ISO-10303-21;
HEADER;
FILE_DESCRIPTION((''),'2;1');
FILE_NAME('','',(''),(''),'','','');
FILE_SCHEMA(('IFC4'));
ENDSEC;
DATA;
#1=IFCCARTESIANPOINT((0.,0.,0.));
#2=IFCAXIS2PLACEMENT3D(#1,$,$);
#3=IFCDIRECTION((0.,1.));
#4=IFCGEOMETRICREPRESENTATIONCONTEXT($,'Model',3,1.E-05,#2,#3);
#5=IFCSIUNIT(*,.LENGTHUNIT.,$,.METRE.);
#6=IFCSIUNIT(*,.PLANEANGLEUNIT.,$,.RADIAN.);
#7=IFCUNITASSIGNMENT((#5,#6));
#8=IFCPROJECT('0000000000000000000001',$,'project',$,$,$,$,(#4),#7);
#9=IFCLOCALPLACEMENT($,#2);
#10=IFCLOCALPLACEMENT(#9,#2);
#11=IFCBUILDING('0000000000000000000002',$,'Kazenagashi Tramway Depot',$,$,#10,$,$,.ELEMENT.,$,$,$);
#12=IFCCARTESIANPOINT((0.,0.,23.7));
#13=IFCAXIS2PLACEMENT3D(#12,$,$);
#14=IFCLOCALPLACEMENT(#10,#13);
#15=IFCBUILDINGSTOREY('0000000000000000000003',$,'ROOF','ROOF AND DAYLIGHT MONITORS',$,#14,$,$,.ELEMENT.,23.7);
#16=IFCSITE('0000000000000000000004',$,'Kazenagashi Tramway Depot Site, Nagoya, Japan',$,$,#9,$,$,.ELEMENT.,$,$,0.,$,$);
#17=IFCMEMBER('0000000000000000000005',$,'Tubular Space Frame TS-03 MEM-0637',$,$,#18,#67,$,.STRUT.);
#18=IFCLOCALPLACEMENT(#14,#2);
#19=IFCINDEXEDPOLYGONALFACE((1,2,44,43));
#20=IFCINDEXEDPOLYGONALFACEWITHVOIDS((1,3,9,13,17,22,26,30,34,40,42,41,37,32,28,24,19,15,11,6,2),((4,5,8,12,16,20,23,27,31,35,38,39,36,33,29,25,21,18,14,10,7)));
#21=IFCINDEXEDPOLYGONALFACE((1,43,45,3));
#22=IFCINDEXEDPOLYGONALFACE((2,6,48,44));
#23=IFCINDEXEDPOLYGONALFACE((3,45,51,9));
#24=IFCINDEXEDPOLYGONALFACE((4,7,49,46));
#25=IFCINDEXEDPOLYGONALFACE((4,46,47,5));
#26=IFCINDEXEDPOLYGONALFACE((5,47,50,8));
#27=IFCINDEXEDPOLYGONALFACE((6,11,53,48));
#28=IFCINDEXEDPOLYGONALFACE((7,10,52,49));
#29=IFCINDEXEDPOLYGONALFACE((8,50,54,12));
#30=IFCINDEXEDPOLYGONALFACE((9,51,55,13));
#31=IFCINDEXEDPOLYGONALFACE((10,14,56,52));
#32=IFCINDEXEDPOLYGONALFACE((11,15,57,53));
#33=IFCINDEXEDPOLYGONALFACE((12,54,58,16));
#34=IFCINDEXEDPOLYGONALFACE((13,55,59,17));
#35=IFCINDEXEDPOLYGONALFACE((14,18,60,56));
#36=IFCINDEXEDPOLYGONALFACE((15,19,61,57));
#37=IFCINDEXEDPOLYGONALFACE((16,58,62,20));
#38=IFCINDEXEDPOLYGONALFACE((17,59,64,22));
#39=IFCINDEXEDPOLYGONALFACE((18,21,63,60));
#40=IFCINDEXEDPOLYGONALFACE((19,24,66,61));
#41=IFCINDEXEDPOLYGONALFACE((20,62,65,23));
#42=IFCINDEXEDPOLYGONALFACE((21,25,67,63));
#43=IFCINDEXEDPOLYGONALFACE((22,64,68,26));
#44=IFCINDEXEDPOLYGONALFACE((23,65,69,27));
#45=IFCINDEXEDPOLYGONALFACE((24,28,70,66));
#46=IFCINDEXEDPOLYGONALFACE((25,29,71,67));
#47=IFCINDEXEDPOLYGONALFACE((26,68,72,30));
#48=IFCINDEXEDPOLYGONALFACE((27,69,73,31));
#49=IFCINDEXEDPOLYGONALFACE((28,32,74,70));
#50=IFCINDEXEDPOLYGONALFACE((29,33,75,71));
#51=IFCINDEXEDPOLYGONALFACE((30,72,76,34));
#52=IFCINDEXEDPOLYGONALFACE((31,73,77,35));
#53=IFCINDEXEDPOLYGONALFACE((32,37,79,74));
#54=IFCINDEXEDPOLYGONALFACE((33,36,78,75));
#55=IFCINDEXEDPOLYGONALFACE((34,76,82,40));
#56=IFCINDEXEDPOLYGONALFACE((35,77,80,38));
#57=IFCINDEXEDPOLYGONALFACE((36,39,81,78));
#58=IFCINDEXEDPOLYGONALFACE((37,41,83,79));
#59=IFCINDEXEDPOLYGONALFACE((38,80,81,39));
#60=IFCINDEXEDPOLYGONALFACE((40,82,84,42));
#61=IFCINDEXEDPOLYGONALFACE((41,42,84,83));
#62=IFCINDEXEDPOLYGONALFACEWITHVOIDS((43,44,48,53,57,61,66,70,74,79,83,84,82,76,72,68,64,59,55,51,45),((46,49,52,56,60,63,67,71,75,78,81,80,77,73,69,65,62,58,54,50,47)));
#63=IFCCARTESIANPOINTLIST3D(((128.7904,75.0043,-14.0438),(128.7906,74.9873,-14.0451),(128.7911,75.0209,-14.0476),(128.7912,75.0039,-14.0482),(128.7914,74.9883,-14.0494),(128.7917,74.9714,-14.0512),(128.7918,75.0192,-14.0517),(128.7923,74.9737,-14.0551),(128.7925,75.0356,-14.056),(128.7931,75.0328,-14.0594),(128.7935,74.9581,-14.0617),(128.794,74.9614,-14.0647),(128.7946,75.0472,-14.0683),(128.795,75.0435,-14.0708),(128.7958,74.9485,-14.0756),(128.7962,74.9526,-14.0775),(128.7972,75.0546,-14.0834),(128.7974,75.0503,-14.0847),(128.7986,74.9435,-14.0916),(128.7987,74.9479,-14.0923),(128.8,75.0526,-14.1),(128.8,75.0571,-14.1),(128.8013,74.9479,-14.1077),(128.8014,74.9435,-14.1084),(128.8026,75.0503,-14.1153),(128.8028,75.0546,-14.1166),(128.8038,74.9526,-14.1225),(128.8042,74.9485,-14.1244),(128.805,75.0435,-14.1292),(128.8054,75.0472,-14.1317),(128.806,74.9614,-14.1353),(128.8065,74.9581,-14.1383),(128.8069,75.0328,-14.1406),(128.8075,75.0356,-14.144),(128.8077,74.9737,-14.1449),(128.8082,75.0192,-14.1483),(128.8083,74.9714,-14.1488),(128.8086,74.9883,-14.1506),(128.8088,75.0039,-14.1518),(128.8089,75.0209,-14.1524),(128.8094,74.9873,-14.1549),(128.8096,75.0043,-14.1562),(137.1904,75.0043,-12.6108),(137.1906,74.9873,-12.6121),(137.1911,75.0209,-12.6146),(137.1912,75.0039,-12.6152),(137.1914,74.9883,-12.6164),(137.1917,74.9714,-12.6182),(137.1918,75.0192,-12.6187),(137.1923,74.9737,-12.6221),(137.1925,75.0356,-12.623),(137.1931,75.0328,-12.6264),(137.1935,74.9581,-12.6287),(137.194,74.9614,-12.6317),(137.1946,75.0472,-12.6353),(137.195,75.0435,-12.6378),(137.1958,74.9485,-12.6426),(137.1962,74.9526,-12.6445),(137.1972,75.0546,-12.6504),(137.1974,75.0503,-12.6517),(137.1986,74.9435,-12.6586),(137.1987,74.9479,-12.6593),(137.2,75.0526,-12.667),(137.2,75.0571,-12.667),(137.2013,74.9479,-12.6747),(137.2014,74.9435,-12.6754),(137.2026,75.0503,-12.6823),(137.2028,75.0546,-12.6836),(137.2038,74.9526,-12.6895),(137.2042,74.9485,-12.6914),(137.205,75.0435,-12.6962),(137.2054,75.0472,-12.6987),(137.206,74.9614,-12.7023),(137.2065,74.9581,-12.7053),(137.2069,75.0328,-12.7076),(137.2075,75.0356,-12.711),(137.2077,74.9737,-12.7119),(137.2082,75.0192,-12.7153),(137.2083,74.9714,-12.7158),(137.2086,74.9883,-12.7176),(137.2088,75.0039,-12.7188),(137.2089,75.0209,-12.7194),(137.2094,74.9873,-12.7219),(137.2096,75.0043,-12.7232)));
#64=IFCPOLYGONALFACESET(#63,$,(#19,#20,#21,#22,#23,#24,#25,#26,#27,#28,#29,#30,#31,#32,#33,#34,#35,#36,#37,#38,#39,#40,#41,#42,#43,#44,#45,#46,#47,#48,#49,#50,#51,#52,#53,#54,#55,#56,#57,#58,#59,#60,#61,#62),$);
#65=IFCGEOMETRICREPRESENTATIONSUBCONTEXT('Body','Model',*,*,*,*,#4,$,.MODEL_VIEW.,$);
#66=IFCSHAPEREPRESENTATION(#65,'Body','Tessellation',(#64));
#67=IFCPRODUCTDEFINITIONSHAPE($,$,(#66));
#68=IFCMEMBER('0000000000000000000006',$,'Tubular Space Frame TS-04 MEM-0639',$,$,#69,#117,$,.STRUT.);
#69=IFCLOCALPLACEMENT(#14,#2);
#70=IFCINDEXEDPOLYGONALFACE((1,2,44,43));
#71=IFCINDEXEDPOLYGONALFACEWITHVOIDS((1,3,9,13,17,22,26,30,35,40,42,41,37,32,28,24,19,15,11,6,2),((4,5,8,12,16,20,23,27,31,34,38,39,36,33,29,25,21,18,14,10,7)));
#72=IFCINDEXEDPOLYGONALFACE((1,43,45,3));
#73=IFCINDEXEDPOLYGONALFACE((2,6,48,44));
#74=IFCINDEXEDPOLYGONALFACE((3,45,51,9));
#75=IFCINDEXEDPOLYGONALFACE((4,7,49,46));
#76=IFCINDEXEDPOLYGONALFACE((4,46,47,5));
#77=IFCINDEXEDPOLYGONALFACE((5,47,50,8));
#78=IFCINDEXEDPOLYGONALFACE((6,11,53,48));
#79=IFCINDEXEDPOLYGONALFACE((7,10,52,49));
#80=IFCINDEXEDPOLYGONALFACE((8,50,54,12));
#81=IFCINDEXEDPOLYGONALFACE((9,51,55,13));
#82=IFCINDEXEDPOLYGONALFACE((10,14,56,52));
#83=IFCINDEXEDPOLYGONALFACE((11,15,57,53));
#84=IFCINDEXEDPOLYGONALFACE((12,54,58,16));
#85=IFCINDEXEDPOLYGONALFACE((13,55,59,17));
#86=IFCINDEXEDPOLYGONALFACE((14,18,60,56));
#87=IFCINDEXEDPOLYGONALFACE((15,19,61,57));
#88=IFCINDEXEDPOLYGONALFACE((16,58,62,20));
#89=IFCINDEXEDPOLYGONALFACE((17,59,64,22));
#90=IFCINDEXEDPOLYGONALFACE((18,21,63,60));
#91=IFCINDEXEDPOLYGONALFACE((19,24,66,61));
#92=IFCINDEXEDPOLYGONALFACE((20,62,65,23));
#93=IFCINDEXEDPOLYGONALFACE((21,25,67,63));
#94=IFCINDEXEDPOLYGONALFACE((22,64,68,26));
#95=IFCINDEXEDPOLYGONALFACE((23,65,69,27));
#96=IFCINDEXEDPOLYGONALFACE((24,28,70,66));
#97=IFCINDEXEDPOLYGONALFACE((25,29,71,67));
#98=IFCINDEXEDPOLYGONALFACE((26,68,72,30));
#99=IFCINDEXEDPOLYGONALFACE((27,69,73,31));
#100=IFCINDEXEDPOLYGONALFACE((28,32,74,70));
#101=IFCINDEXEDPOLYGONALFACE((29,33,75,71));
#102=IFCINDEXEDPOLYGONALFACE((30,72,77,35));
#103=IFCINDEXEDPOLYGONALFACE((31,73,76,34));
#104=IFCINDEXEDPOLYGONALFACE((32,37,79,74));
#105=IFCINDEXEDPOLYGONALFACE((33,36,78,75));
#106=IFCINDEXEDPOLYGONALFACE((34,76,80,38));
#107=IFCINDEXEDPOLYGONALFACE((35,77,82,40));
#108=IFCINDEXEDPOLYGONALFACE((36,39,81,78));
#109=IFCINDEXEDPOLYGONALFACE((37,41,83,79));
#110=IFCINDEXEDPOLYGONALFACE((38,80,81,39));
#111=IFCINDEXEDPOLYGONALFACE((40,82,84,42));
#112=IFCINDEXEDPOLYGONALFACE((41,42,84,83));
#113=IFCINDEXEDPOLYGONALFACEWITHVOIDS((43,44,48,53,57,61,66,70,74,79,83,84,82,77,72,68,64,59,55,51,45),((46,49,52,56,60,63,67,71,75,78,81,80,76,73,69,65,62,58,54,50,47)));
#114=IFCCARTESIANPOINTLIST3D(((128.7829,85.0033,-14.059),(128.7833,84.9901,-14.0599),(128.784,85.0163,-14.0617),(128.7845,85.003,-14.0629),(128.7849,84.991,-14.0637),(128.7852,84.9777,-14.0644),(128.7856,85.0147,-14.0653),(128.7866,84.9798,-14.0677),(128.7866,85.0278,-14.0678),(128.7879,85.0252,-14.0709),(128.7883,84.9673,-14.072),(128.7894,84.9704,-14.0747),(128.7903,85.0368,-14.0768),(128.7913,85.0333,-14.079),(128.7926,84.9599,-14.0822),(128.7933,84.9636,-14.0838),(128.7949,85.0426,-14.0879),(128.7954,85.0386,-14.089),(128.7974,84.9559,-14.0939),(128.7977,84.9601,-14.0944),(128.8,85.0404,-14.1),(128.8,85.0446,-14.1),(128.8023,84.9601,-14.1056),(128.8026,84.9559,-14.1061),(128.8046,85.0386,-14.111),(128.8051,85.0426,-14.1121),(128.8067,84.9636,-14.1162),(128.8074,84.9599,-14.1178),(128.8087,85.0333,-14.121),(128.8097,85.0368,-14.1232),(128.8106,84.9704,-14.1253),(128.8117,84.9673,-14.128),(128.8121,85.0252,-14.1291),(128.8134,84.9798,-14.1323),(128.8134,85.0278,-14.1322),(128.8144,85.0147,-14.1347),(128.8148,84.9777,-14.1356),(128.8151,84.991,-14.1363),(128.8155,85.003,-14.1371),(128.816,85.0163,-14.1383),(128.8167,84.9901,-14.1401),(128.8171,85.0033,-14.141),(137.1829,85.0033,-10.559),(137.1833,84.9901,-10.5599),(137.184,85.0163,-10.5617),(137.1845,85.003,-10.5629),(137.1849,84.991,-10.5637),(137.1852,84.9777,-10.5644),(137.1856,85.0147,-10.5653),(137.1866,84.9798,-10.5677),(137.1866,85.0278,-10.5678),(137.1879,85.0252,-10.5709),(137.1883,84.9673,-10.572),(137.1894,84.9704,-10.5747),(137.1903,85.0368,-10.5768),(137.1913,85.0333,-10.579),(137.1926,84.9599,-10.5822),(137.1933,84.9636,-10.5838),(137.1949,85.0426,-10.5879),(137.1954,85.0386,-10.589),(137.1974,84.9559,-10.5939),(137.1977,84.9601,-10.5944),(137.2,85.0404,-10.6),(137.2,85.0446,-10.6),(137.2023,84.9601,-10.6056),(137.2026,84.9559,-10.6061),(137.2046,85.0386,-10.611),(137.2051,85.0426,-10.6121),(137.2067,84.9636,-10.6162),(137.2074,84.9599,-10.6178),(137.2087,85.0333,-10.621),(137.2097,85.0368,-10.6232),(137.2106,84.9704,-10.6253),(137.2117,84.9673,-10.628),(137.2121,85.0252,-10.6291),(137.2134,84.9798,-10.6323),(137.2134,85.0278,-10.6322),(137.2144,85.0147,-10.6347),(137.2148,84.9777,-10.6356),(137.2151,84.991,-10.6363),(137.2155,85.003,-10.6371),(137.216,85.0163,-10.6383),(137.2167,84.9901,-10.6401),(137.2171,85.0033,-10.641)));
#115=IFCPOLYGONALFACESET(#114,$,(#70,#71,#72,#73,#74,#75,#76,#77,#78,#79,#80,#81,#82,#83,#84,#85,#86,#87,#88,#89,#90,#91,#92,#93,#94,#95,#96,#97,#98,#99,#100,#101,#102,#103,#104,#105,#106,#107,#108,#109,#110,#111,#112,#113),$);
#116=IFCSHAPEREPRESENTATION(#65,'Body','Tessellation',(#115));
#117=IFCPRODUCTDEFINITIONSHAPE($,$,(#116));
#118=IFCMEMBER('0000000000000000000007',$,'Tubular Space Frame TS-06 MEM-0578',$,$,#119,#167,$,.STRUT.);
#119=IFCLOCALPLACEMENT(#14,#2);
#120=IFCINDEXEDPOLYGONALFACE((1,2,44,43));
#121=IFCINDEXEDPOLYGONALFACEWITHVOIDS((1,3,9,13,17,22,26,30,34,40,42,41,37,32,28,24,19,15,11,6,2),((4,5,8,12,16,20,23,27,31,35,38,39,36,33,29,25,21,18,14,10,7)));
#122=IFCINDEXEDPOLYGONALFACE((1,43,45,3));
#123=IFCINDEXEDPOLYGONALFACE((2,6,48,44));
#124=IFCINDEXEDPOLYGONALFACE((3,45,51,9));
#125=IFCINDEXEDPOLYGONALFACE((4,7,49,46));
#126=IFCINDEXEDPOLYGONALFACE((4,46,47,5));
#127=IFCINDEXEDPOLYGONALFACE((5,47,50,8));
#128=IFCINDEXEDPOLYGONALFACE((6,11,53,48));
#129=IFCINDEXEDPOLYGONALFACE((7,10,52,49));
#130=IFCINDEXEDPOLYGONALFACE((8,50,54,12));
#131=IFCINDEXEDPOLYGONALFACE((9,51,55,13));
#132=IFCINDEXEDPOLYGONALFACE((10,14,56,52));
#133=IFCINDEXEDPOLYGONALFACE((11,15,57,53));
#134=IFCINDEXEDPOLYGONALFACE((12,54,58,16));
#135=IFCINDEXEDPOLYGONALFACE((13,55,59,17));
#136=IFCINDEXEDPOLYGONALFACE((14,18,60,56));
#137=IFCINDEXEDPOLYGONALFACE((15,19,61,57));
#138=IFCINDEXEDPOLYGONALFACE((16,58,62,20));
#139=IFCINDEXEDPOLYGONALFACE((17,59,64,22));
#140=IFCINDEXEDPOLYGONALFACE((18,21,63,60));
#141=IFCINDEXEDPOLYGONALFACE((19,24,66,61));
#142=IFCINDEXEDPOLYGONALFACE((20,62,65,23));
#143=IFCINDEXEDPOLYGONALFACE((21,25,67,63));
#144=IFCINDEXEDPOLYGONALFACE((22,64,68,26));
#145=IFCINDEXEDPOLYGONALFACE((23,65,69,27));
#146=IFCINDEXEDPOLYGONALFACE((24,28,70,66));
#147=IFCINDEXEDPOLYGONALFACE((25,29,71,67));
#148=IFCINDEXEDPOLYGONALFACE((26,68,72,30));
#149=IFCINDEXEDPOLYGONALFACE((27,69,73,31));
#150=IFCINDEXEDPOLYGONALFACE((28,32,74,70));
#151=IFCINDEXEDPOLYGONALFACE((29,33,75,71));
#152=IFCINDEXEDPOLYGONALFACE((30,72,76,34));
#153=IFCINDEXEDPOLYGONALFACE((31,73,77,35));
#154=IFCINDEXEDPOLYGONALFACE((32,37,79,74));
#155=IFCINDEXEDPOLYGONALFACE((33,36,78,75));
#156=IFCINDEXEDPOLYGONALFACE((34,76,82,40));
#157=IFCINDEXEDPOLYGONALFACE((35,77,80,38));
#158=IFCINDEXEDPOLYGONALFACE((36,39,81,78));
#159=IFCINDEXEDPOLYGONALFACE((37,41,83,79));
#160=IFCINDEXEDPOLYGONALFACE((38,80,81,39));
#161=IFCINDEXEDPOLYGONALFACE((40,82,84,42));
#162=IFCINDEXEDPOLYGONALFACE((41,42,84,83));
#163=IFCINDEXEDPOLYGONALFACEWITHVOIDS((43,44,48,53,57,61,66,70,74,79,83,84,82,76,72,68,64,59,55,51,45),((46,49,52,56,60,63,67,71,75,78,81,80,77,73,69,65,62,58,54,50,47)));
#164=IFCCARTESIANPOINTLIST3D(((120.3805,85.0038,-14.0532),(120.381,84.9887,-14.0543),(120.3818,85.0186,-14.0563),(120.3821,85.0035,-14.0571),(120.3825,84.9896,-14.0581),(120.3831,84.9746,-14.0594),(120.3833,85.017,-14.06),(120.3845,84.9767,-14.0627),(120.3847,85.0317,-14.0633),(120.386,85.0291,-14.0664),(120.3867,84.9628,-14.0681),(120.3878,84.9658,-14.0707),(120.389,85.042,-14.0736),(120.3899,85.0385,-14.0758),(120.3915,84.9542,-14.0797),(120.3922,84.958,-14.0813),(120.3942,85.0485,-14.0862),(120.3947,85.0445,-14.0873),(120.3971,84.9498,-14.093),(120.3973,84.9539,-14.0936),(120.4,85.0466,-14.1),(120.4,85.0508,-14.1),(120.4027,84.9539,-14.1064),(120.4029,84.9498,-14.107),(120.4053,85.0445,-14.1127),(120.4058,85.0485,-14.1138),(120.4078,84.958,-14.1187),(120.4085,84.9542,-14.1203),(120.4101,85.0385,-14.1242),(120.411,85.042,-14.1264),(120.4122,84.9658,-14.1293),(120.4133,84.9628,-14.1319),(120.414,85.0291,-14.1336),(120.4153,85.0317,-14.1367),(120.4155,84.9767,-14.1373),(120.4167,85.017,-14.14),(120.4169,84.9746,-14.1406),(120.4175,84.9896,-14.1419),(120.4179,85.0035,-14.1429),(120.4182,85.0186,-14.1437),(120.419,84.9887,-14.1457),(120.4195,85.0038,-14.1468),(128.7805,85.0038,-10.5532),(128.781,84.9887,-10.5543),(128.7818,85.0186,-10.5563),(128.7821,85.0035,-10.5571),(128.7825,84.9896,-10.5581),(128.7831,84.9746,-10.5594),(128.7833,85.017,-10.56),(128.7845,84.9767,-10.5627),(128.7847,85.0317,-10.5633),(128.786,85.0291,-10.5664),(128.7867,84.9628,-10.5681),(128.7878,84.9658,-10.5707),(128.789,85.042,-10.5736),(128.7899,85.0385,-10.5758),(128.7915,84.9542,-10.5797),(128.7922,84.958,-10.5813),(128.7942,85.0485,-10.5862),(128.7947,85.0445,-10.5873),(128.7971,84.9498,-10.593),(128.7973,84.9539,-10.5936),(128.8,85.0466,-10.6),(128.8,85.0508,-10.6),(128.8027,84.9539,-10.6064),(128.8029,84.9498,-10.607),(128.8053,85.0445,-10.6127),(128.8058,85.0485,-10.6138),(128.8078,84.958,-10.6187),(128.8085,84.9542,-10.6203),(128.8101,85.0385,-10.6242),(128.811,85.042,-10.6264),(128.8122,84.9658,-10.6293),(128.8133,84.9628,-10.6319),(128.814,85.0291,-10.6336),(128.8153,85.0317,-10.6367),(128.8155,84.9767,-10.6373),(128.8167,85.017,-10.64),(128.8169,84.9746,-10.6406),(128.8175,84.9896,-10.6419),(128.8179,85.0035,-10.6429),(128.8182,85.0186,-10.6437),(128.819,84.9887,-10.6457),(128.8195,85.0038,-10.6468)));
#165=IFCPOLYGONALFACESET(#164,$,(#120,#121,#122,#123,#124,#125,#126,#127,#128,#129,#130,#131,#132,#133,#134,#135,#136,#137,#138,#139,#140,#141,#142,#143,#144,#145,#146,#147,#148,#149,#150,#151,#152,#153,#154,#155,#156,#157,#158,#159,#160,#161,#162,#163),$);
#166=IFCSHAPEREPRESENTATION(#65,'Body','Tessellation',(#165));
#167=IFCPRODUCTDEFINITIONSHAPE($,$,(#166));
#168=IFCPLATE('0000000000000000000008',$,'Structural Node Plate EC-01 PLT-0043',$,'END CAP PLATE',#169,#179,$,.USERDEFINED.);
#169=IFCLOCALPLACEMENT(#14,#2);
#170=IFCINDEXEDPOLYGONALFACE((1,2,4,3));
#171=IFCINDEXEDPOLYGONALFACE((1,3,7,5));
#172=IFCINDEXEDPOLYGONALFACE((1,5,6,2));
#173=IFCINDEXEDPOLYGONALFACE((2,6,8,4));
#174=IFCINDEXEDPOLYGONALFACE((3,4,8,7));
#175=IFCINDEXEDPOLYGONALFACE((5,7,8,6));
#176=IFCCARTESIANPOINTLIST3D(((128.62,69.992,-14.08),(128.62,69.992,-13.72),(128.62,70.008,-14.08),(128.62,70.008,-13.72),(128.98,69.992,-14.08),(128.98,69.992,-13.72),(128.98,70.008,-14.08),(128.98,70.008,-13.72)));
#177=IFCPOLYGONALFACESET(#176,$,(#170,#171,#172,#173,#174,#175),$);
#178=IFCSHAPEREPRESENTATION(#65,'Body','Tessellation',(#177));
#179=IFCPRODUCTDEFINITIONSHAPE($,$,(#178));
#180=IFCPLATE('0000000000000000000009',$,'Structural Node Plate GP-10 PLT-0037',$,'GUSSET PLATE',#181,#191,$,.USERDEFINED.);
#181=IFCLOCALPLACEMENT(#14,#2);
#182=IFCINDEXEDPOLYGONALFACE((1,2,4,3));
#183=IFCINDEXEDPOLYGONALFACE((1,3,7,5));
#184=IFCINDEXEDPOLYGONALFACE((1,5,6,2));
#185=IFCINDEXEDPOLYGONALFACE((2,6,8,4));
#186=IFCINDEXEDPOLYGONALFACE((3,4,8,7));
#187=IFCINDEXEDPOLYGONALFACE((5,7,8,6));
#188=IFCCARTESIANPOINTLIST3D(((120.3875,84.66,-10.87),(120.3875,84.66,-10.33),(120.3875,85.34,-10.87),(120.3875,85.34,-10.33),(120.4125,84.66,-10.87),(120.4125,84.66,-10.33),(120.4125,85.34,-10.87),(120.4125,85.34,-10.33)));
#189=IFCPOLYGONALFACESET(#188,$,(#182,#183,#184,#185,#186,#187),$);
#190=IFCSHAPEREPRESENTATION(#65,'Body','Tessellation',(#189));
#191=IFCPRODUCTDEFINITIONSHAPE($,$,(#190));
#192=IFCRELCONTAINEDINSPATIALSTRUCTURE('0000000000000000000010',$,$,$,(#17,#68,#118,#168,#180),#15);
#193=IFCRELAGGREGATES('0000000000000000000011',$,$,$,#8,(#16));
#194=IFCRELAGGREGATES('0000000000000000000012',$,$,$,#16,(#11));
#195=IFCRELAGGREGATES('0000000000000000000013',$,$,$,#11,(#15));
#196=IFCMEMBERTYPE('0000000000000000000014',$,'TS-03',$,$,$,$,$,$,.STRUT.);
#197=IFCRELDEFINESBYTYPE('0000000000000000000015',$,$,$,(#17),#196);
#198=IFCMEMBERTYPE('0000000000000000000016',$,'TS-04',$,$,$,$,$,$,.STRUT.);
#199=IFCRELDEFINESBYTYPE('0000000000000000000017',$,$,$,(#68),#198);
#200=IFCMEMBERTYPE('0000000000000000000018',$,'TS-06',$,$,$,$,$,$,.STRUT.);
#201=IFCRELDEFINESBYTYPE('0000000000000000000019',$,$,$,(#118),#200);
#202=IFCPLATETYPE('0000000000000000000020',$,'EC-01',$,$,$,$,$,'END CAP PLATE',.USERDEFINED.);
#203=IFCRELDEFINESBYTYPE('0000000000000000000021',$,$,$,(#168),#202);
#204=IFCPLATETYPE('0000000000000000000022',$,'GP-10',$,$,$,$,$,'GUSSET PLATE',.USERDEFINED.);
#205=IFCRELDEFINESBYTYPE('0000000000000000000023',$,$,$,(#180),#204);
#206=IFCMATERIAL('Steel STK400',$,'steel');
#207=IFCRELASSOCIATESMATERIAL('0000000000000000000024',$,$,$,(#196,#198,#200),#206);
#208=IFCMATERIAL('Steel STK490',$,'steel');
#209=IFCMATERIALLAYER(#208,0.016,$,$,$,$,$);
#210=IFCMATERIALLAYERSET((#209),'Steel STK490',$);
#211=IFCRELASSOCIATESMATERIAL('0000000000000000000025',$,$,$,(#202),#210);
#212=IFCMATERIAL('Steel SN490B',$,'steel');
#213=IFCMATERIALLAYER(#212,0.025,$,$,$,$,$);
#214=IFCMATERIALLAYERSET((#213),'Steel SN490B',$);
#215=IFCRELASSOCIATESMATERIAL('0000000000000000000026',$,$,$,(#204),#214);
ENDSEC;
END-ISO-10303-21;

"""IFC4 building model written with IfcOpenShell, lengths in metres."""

from ifc_helpers import new_model, si_unit, direction, frame, origin, origin_2d, place, context, subcontext, project, spatial, rectangle, hollow_circle, extrude, material, layer, layer_set, material_profile, profile_set, type_object, element, save


model = new_model("IFC4")

# Units and contexts
model_context = context("Model", 3, precision=1e-05, world=origin(), true_north=direction((0.0, 1.0)))
body_context = subcontext(model_context, "Body", "Model", "MODEL_VIEW")
ifc_project = project(units=[si_unit("LENGTHUNIT", "METRE"), si_unit("PLANEANGLEUNIT", "RADIAN")], contexts=[model_context])

# Site, building, storey
site_placement = place(None, origin())
site = spatial("IfcSite", under=ifc_project, at=site_placement, Name="Kazenagashi Tramway Depot Site, Nagoya, Japan", CompositionType="ELEMENT", RefElevation=0.0)
building_placement = place(site_placement, origin())
building = spatial("IfcBuilding", under=site, at=building_placement, Name="Kazenagashi Tramway Depot", CompositionType="ELEMENT")
storey_placement = place(building_placement, frame((0.0, 0.0, 23.7)))
storey = spatial("IfcBuildingStorey", under=building, at=storey_placement, Name="ROOF", Description="ROOF AND DAYLIGHT MONITORS", CompositionType="ELEMENT", Elevation=23.7)

# Members
ifc_material_1 = material(Name="Steel STK490", Category="steel")
ifc_material_2 = material(Name="Steel STK400", Category="steel")
ifc_material_profile_1 = material_profile(ifc_material_2, hollow_circle(Radius=0.0571, WallThickness=0.0045, at=origin_2d()), Name="CHS-114.3x4.5")
ifc_profile_set_1 = profile_set([ifc_material_profile_1], Name="Steel STK400")
member_type_1 = type_object("IfcMemberType", Name="TS-03", PredefinedType="STRUT", material=ifc_profile_set_1)
member_1_placement = place(storey_placement, frame((128.8, 75.0, -14.1), z_axis=(0.985759, 0.0, 0.168166), x_axis=(0.0, 1.0, 0.0)))
element("IfcMember", 1, at=member_1_placement, inside=storey, type_object=member_type_1, Name="Tubular Space Frame TS-03 MEM-0637", PredefinedType="STRUT", context=body_context, shape_type="SweptSolid", body=[
    extrude(hollow_circle(Radius=0.0571, WallThickness=0.0045, at=origin_2d()), origin(), (0.0, 0.0, 1.0), 8.5214),
])
ifc_material_profile_2 = material_profile(ifc_material_2, hollow_circle(Radius=0.0445, WallThickness=0.0042, at=origin_2d()), Name="CHS-89.1x4.2")
ifc_profile_set_2 = profile_set([ifc_material_profile_2], Name="Steel STK400")
member_type_2 = type_object("IfcMemberType", Name="TS-04", PredefinedType="STRUT", material=ifc_profile_set_2)
member_2_placement = place(storey_placement, frame((128.8, 85.0, -14.1), z_axis=(0.923077, 0.0, 0.384615), x_axis=(0.0, 1.0, 0.0)))
element("IfcMember", 2, at=member_2_placement, inside=storey, type_object=member_type_2, Name="Tubular Space Frame TS-04 MEM-0639", PredefinedType="STRUT", context=body_context, shape_type="SweptSolid", body=[
    extrude(hollow_circle(Radius=0.0445, WallThickness=0.0042, at=origin_2d()), origin(), (0.0, 0.0, 1.0), 9.1),
])
ifc_material_profile_3 = material_profile(ifc_material_2, hollow_circle(Radius=0.0508, WallThickness=0.0042, at=origin_2d()), Name="CHS-101.6x4.2")
ifc_profile_set_3 = profile_set([ifc_material_profile_3], Name="Steel STK400")
member_type_3 = type_object("IfcMemberType", Name="TS-06", PredefinedType="STRUT", material=ifc_profile_set_3)
member_3_placement = place(storey_placement, frame((120.4, 85.0, -14.1), z_axis=(0.923077, 0.0, 0.384615), x_axis=(0.0, 1.0, 0.0)))
element("IfcMember", 3, at=member_3_placement, inside=storey, type_object=member_type_3, Name="Tubular Space Frame TS-06 MEM-0578", PredefinedType="STRUT", context=body_context, shape_type="SweptSolid", body=[
    extrude(hollow_circle(Radius=0.0508, WallThickness=0.0042, at=origin_2d()), origin(), (0.0, 0.0, 1.0), 9.1),
])

# Plates
ifc_layer_1 = layer(ifc_material_1, 0.016)
ifc_layer_set_1 = layer_set([ifc_layer_1], Name="Steel STK490")
plate_type_1 = type_object("IfcPlateType", Name="EC-01", ElementType="END CAP PLATE", PredefinedType="USERDEFINED", material=ifc_layer_set_1)
plate_1_placement = place(storey_placement, frame((128.8, 70.0, -14.08), z_axis=(0.0, 0.0, 1.0), x_axis=(1.0, 0.0, 0.0)))
element("IfcPlate", 4, at=plate_1_placement, inside=storey, type_object=plate_type_1, Name="Structural Node Plate EC-01 PLT-0043", ObjectType="END CAP PLATE", PredefinedType="USERDEFINED", context=body_context, shape_type="SweptSolid", body=[
    extrude(rectangle(XDim=0.36, YDim=0.016, at=origin_2d()), origin(), (0.0, 0.0, 1.0), 0.36),
])
ifc_material_3 = material(Name="Steel SN490B", Category="steel")
ifc_layer_2 = layer(ifc_material_3, 0.025)
ifc_layer_set_2 = layer_set([ifc_layer_2], Name="Steel SN490B")
plate_type_2 = type_object("IfcPlateType", Name="GP-10", ElementType="GUSSET PLATE", PredefinedType="USERDEFINED", material=ifc_layer_set_2)
plate_2_placement = place(storey_placement, frame((120.4, 85.0, -10.87), z_axis=(0.0, 0.0, 1.0), x_axis=(0.0, 1.0, 0.0)))
element("IfcPlate", 5, at=plate_2_placement, inside=storey, type_object=plate_type_2, Name="Structural Node Plate GP-10 PLT-0037", ObjectType="GUSSET PLATE", PredefinedType="USERDEFINED", context=body_context, shape_type="SweptSolid", body=[
    extrude(rectangle(XDim=0.68, YDim=0.025, at=origin_2d()), origin(), (0.0, 0.0, 1.0), 0.54),
])

save(model, "model.ifc")
